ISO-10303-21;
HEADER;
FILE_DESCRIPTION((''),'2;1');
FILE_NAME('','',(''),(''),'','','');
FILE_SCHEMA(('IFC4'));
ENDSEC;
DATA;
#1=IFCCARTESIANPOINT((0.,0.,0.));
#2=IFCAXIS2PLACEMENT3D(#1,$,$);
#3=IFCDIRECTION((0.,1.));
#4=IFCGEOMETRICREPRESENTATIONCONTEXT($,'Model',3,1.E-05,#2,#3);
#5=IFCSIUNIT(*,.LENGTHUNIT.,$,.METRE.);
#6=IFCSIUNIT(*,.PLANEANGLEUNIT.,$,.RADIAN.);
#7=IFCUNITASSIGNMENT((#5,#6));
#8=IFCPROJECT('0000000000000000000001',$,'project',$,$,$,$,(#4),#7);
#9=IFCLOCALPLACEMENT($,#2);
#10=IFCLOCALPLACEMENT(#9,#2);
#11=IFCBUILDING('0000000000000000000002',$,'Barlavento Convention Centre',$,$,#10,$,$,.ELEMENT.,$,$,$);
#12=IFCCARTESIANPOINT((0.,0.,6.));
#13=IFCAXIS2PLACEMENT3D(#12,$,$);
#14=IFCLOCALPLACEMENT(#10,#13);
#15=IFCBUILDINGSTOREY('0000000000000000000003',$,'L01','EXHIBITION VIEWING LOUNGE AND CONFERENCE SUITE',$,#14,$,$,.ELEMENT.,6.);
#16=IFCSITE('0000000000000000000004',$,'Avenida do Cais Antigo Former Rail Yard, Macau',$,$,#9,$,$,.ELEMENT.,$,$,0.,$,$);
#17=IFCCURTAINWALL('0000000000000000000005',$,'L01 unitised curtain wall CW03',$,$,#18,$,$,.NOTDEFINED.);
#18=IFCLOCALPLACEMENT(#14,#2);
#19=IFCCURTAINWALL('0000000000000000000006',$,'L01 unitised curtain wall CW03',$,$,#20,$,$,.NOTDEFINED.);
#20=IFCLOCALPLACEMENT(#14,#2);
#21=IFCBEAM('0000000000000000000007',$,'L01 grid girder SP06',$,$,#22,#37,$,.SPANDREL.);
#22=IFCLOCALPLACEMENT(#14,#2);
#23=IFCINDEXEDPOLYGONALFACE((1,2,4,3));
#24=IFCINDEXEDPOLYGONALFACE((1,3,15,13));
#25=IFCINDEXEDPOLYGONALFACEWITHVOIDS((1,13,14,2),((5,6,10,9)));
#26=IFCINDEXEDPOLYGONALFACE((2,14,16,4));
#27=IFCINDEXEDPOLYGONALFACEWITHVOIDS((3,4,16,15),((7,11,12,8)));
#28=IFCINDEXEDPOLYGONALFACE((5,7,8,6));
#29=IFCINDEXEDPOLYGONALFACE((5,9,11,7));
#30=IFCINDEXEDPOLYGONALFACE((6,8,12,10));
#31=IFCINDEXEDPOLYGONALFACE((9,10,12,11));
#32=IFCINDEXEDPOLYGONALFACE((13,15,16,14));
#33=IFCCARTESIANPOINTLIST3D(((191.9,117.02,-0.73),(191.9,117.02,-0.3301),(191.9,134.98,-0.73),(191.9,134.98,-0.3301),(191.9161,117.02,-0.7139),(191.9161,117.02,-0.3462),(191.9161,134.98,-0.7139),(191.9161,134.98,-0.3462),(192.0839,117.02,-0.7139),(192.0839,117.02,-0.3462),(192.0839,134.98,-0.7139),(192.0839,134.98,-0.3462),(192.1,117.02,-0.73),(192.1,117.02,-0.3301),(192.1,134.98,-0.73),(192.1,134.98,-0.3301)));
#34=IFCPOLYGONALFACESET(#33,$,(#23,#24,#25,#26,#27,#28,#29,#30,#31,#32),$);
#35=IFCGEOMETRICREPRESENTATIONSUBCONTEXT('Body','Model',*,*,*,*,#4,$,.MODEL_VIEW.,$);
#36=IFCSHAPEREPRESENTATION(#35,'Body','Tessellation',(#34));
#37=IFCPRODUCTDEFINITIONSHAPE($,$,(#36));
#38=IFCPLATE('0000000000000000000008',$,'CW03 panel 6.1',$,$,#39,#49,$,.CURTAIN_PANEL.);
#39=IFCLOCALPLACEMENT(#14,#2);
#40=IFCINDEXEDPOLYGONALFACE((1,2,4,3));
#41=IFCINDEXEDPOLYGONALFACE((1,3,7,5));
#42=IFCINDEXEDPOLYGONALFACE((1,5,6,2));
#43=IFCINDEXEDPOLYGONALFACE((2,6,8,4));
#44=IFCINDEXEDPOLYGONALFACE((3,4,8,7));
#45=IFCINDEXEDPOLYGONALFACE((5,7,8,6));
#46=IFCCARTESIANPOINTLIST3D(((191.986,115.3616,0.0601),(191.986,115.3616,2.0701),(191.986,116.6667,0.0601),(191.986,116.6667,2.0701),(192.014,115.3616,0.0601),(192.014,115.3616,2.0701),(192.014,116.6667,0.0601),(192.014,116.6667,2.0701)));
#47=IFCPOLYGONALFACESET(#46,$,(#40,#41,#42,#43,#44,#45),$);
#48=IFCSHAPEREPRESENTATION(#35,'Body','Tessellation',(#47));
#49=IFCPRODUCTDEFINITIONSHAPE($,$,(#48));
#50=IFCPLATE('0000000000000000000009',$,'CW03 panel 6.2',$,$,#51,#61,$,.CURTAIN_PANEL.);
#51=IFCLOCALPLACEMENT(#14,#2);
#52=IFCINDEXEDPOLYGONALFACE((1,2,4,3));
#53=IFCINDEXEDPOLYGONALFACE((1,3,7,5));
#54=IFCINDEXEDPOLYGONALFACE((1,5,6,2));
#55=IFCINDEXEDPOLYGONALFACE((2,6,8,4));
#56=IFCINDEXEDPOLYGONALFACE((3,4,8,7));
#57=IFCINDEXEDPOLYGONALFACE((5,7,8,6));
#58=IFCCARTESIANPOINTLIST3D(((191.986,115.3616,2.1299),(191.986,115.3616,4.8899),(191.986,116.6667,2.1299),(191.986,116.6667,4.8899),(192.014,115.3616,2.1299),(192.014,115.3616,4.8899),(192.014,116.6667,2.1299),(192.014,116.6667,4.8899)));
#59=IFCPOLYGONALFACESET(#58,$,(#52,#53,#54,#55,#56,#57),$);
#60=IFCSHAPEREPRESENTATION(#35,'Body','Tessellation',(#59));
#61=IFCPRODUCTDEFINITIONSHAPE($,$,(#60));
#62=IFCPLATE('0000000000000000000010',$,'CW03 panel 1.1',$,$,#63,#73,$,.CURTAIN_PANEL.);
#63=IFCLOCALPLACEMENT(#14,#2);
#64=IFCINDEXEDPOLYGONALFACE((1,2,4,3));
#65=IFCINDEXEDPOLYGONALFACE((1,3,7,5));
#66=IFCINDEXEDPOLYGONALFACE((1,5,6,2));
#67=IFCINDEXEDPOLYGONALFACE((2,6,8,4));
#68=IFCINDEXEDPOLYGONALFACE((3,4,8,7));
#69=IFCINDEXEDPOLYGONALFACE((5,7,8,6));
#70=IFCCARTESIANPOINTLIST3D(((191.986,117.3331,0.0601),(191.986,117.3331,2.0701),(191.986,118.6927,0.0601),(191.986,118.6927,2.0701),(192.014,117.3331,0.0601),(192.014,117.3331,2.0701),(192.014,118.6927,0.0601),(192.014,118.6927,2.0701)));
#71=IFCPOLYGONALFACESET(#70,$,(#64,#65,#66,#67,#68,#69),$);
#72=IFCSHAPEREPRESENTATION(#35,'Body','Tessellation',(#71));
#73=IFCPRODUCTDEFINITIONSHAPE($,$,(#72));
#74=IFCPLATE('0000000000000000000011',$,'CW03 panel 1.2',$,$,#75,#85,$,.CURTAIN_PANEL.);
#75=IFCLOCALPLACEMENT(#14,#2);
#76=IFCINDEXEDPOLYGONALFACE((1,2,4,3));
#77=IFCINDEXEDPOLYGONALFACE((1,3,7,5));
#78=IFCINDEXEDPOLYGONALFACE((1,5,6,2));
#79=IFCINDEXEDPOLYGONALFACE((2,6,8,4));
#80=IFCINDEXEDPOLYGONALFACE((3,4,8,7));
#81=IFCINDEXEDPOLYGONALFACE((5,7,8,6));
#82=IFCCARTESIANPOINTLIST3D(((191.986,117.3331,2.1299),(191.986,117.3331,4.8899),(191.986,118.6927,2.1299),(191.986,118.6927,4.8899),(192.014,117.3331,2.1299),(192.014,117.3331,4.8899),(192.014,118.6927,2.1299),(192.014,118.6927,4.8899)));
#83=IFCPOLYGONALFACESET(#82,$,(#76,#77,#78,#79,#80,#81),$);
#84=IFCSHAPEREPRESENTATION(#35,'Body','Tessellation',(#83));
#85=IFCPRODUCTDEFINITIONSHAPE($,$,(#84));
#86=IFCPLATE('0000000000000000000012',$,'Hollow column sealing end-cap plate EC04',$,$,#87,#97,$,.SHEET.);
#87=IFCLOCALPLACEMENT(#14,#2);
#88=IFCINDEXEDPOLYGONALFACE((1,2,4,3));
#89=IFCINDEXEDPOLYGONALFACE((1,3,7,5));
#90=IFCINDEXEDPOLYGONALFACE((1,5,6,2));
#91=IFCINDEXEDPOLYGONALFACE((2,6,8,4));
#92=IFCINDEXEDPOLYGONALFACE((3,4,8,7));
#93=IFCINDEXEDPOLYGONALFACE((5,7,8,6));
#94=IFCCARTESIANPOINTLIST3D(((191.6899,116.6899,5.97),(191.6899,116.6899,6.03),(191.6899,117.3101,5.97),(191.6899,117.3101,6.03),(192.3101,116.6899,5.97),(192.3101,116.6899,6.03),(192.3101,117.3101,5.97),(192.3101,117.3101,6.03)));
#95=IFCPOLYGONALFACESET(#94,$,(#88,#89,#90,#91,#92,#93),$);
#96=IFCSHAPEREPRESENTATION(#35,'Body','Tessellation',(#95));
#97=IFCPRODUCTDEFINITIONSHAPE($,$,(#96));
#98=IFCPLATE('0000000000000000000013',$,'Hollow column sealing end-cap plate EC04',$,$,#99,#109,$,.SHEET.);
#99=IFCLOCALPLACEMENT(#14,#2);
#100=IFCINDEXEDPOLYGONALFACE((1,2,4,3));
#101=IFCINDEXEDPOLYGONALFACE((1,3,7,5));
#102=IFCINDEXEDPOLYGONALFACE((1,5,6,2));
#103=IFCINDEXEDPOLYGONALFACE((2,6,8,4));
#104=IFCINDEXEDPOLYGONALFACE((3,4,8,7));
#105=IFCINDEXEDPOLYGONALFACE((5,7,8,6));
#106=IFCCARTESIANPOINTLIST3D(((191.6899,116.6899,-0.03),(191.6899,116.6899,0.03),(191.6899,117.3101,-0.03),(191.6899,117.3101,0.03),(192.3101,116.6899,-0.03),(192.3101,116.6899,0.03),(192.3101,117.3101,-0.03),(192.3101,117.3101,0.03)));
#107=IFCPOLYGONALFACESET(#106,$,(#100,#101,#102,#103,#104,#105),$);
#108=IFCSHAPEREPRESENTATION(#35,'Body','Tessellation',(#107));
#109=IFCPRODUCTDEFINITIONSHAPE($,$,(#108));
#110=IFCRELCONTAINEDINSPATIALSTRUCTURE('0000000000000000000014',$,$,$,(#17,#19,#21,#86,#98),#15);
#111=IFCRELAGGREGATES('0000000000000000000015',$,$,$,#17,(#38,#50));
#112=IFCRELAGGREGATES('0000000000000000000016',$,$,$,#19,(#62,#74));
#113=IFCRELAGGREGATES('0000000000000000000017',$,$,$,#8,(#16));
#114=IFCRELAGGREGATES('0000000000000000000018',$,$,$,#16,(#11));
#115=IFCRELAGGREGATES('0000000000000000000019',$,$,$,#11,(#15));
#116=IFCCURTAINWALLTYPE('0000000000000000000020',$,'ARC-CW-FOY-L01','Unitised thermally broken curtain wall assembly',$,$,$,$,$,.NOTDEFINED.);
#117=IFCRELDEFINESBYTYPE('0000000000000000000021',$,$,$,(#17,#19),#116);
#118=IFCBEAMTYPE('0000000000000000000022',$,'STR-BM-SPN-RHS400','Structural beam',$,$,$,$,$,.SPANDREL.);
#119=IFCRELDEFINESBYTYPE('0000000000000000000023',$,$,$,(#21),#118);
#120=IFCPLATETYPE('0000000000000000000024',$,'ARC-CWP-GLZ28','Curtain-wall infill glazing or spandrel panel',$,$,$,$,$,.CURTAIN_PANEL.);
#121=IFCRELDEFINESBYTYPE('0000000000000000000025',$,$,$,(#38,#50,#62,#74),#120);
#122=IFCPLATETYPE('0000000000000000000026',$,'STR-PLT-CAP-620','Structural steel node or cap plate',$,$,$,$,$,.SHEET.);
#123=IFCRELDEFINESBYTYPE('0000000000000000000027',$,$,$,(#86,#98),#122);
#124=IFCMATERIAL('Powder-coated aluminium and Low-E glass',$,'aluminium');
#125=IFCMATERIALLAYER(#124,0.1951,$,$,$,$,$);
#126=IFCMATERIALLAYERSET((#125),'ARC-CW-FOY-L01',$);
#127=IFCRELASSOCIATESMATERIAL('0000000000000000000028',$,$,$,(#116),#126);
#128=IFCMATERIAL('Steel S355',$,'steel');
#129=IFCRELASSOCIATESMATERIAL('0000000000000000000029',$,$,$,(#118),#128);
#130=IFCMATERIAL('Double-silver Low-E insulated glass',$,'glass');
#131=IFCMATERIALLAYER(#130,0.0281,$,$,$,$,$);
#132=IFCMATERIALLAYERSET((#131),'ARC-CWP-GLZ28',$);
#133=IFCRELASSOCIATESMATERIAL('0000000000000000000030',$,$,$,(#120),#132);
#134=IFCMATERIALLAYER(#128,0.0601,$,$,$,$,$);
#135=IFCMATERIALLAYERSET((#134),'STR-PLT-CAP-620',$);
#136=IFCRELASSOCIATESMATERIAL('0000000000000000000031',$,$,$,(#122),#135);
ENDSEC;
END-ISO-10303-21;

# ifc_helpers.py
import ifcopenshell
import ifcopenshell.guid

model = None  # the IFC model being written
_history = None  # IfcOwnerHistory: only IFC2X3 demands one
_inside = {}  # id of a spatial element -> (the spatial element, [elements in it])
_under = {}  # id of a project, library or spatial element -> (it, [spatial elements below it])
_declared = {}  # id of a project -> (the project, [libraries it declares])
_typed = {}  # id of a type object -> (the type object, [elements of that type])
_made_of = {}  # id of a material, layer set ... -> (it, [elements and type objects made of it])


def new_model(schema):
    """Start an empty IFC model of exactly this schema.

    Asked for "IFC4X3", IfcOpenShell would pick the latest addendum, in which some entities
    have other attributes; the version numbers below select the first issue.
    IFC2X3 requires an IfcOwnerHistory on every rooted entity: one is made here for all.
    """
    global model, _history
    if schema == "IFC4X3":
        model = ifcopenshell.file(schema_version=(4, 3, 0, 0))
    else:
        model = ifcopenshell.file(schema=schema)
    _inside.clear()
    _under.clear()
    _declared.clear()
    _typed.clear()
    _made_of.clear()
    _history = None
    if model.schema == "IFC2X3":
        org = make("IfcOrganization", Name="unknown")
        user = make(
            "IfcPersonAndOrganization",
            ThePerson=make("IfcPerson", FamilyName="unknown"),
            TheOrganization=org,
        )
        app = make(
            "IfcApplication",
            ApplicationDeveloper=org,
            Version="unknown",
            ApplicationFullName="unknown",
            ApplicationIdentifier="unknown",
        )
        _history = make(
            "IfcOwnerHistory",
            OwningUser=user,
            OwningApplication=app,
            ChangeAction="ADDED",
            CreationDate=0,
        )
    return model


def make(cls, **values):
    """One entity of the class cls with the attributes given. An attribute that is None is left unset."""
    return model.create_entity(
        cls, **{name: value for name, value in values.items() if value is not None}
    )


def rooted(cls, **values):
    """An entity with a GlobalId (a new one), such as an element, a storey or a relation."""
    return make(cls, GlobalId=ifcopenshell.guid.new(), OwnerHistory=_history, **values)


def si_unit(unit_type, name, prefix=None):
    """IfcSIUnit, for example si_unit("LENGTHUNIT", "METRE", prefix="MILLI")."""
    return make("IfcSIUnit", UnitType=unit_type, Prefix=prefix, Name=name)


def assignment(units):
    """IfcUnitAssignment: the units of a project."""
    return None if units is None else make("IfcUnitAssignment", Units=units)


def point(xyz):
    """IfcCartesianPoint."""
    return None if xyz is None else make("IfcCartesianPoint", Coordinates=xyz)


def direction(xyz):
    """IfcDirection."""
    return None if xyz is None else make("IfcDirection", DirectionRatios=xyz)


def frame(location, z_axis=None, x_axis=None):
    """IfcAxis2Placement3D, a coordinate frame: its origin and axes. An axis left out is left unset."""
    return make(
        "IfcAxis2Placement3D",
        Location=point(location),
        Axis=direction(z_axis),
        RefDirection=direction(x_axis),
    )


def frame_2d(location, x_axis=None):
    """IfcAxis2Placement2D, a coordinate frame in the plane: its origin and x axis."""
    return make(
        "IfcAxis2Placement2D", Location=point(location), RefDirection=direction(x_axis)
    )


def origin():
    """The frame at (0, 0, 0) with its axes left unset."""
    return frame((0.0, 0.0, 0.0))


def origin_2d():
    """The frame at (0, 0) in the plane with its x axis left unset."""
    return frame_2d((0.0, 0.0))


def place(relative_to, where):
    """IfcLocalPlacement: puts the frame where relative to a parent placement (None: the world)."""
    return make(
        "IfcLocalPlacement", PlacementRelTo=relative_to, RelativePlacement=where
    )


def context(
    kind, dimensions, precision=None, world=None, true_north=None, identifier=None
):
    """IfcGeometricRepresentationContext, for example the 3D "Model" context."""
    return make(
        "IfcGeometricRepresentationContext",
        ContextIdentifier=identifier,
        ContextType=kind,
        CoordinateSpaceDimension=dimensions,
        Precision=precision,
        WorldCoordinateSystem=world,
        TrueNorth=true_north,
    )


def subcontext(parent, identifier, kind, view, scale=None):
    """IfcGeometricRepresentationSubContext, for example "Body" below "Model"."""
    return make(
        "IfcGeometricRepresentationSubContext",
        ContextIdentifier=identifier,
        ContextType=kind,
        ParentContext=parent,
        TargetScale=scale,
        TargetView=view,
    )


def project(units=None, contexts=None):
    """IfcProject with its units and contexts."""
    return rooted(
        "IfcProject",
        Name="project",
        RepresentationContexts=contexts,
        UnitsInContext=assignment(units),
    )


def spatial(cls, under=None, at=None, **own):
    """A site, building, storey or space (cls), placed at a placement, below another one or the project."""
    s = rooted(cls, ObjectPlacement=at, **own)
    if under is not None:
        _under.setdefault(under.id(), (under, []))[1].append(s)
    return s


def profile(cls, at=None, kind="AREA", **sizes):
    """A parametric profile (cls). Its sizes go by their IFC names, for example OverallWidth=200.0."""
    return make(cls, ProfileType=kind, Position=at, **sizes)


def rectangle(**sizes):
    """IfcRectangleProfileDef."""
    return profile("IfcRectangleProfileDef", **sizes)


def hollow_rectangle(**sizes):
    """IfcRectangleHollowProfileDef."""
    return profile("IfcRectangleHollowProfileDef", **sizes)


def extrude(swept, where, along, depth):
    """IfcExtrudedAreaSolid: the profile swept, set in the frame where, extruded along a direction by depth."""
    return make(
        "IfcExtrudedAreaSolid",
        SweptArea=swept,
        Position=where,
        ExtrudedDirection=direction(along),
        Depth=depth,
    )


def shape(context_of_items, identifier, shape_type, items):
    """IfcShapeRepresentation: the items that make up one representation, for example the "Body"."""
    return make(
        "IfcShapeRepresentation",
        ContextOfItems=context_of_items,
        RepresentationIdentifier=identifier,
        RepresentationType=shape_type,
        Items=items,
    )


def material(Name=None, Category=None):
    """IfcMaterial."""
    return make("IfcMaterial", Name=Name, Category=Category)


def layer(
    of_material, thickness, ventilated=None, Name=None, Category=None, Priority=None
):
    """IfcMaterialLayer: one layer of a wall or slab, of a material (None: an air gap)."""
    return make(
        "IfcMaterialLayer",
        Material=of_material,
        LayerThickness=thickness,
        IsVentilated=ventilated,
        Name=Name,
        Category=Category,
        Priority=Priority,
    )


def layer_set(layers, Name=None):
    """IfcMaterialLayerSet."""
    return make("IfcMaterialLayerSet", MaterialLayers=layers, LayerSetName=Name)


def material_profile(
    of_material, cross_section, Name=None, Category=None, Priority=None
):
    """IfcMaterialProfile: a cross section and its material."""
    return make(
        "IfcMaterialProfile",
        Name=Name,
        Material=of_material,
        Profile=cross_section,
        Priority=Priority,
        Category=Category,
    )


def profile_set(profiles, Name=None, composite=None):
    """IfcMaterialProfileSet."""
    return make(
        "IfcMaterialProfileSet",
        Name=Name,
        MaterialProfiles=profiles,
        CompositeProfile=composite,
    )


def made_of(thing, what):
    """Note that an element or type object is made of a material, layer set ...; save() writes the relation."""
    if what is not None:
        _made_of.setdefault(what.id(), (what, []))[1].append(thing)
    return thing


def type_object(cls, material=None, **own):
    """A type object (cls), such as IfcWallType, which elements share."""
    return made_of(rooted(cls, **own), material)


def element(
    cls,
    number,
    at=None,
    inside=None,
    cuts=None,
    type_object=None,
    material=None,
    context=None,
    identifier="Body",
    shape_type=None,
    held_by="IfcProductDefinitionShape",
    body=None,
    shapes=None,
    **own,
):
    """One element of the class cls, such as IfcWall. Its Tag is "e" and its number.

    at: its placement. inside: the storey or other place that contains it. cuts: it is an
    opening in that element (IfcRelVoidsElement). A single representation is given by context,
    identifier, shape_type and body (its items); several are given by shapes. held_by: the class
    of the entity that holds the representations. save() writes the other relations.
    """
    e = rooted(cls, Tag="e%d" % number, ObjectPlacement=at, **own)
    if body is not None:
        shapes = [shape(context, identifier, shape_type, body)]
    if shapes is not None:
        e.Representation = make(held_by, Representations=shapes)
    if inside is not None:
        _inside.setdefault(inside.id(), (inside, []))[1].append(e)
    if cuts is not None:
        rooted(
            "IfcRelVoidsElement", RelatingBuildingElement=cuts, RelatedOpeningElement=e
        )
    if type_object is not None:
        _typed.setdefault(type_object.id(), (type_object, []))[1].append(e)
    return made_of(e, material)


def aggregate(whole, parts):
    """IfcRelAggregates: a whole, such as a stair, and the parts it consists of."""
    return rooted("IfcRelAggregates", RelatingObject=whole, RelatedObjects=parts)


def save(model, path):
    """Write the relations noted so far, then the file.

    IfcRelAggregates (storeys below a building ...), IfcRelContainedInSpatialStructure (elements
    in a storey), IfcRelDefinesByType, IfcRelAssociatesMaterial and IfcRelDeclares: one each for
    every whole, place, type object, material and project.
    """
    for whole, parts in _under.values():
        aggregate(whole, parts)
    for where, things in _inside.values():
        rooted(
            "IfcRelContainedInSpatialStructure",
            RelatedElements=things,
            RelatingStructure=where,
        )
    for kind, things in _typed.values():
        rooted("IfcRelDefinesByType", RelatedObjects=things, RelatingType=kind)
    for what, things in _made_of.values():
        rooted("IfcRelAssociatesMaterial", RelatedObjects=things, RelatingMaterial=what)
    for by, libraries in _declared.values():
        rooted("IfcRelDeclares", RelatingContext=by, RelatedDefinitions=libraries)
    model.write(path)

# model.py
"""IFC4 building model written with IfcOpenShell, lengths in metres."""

from ifc_helpers import new_model, si_unit, direction, frame, origin, origin_2d, place, context, subcontext, project, spatial, rectangle, hollow_rectangle, extrude, material, layer, layer_set, material_profile, profile_set, type_object, element, aggregate, save


model = new_model("IFC4")

# Units and contexts
model_context = context("Model", 3, precision=1e-05, world=origin(), true_north=direction((0.0, 1.0)))
body_context = subcontext(model_context, "Body", "Model", "MODEL_VIEW")
ifc_project = project(units=[si_unit("LENGTHUNIT", "METRE"), si_unit("PLANEANGLEUNIT", "RADIAN")], contexts=[model_context])

# Site, building, storey
site_placement = place(None, origin())
site = spatial("IfcSite", under=ifc_project, at=site_placement, Name="Avenida do Cais Antigo Former Rail Yard, Macau", CompositionType="ELEMENT", RefElevation=0.0)
building_placement = place(site_placement, origin())
building = spatial("IfcBuilding", under=site, at=building_placement, Name="Barlavento Convention Centre", CompositionType="ELEMENT")
storey_placement = place(building_placement, frame((0.0, 0.0, 6.0)))
storey = spatial("IfcBuildingStorey", under=building, at=storey_placement, Name="L01", Description="EXHIBITION VIEWING LOUNGE AND CONFERENCE SUITE", CompositionType="ELEMENT", Elevation=6.0)

# Shared definitions
ifc_material_1 = material(Name="Steel S355", Category="steel")

# Curtain wall
ifc_material_2 = material(Name="Powder-coated aluminium and Low-E glass", Category="aluminium")
ifc_layer_1 = layer(ifc_material_2, 0.1951)
ifc_layer_set_1 = layer_set([ifc_layer_1], Name="ARC-CW-FOY-L01")
curtain_wall_type = type_object("IfcCurtainWallType", Name="ARC-CW-FOY-L01", Description="Unitised thermally broken curtain wall assembly", PredefinedType="NOTDEFINED", material=ifc_layer_set_1)
curtain_wall_1_placement = place(storey_placement, origin())
curtain_wall_1 = element("IfcCurtainWall", 1, at=curtain_wall_1_placement, inside=storey, type_object=curtain_wall_type, Name="L01 unitised curtain wall CW03", PredefinedType="NOTDEFINED")

# Curtain wall
curtain_wall_2_placement = place(storey_placement, origin())
curtain_wall_2 = element("IfcCurtainWall", 2, at=curtain_wall_2_placement, inside=storey, type_object=curtain_wall_type, Name="L01 unitised curtain wall CW03", PredefinedType="NOTDEFINED")

# Beam
ifc_material_profile_1 = material_profile(ifc_material_1, hollow_rectangle(XDim=0.2, YDim=0.3999, WallThickness=0.0161, at=origin_2d()), Name="RHS 400x200x16.0")
ifc_profile_set_1 = profile_set([ifc_material_profile_1], Name="Steel S355")
beam_type_1 = type_object("IfcBeamType", Name="STR-BM-SPN-RHS400", Description="Structural beam", PredefinedType="SPANDREL", material=ifc_profile_set_1)
beam_1_placement = place(storey_placement, frame((192.0, 117.02, -0.53), z_axis=(0.0, 1.0, 0.0), x_axis=(-1.0, 0.0, 0.0)))
element("IfcBeam", 3, at=beam_1_placement, inside=storey, type_object=beam_type_1, Name="L01 grid girder SP06", PredefinedType="SPANDREL", context=body_context, shape_type="SweptSolid", body=[
    extrude(hollow_rectangle(XDim=0.2, YDim=0.3999, WallThickness=0.0161, at=origin_2d()), origin(), (0.0, 0.0, 1.0), 17.96),
])

# Plates
ifc_material_3 = material(Name="Double-silver Low-E insulated glass", Category="glass")
ifc_layer_2 = layer(ifc_material_3, 0.0281)
ifc_layer_set_2 = layer_set([ifc_layer_2], Name="ARC-CWP-GLZ28")
plate_type_1 = type_object("IfcPlateType", Name="ARC-CWP-GLZ28", Description="Curtain-wall infill glazing or spandrel panel", PredefinedType="CURTAIN_PANEL", material=ifc_layer_set_2)
plate_1_placement = place(storey_placement, frame((192.0, 116.0142, 0.0601), z_axis=(0.0, 0.0, 1.0), x_axis=(0.0, 1.0, 0.0)))
plate_1 = element("IfcPlate", 4, at=plate_1_placement, type_object=plate_type_1, Name="CW03 panel 6.1", PredefinedType="CURTAIN_PANEL", context=body_context, shape_type="SweptSolid", body=[
    extrude(rectangle(XDim=1.3052, YDim=0.0281, at=origin_2d()), origin(), (0.0, 0.0, 1.0), 2.01),
])
plate_2_placement = place(storey_placement, frame((192.0, 116.0142, 2.1299), z_axis=(0.0, 0.0, 1.0), x_axis=(0.0, 1.0, 0.0)))
plate_2 = element("IfcPlate", 5, at=plate_2_placement, type_object=plate_type_1, Name="CW03 panel 6.2", PredefinedType="CURTAIN_PANEL", context=body_context, shape_type="SweptSolid", body=[
    extrude(rectangle(XDim=1.3052, YDim=0.0281, at=origin_2d()), origin(), (0.0, 0.0, 1.0), 2.76),
])
aggregate(curtain_wall_1, [plate_1, plate_2])
plate_3_placement = place(storey_placement, frame((192.0, 118.0129, 0.0601), z_axis=(0.0, 0.0, 1.0), x_axis=(0.0, 1.0, 0.0)))
plate_3 = element("IfcPlate", 6, at=plate_3_placement, type_object=plate_type_1, Name="CW03 panel 1.1", PredefinedType="CURTAIN_PANEL", context=body_context, shape_type="SweptSolid", body=[
    extrude(rectangle(XDim=1.3596, YDim=0.0281, at=origin_2d()), origin(), (0.0, 0.0, 1.0), 2.01),
])
plate_4_placement = place(storey_placement, frame((192.0, 118.0129, 2.1299), z_axis=(0.0, 0.0, 1.0), x_axis=(0.0, 1.0, 0.0)))
plate_4 = element("IfcPlate", 7, at=plate_4_placement, type_object=plate_type_1, Name="CW03 panel 1.2", PredefinedType="CURTAIN_PANEL", context=body_context, shape_type="SweptSolid", body=[
    extrude(rectangle(XDim=1.3596, YDim=0.0281, at=origin_2d()), origin(), (0.0, 0.0, 1.0), 2.76),
])
aggregate(curtain_wall_2, [plate_3, plate_4])

# Plates
ifc_layer_3 = layer(ifc_material_1, 0.0601)
ifc_layer_set_3 = layer_set([ifc_layer_3], Name="STR-PLT-CAP-620")
plate_type_2 = type_object("IfcPlateType", Name="STR-PLT-CAP-620", Description="Structural steel node or cap plate", PredefinedType="SHEET", material=ifc_layer_set_3)
for number, where, z_axis, x_axis, name in (
    (8, (192.0, 117.0, 5.97), (0.0, 0.0, 1.0), (1.0, 0.0, 0.0), "Hollow column sealing end-cap plate EC04"),
    (9, (192.0, 117.0, -0.03), (0.0, 0.0, 1.0), (1.0, 0.0, 0.0), "Hollow column sealing end-cap plate EC04"),
):
    element("IfcPlate", number, at=place(storey_placement, frame(where, z_axis=z_axis, x_axis=x_axis)), inside=storey, type_object=plate_type_2, Name=name, PredefinedType="SHEET", context=body_context, shape_type="SweptSolid", body=[
        extrude(rectangle(XDim=0.6201, YDim=0.6201, at=origin_2d()), origin(), (0.0, 0.0, 1.0), 0.0601),
    ])

save(model, "model.ifc")
